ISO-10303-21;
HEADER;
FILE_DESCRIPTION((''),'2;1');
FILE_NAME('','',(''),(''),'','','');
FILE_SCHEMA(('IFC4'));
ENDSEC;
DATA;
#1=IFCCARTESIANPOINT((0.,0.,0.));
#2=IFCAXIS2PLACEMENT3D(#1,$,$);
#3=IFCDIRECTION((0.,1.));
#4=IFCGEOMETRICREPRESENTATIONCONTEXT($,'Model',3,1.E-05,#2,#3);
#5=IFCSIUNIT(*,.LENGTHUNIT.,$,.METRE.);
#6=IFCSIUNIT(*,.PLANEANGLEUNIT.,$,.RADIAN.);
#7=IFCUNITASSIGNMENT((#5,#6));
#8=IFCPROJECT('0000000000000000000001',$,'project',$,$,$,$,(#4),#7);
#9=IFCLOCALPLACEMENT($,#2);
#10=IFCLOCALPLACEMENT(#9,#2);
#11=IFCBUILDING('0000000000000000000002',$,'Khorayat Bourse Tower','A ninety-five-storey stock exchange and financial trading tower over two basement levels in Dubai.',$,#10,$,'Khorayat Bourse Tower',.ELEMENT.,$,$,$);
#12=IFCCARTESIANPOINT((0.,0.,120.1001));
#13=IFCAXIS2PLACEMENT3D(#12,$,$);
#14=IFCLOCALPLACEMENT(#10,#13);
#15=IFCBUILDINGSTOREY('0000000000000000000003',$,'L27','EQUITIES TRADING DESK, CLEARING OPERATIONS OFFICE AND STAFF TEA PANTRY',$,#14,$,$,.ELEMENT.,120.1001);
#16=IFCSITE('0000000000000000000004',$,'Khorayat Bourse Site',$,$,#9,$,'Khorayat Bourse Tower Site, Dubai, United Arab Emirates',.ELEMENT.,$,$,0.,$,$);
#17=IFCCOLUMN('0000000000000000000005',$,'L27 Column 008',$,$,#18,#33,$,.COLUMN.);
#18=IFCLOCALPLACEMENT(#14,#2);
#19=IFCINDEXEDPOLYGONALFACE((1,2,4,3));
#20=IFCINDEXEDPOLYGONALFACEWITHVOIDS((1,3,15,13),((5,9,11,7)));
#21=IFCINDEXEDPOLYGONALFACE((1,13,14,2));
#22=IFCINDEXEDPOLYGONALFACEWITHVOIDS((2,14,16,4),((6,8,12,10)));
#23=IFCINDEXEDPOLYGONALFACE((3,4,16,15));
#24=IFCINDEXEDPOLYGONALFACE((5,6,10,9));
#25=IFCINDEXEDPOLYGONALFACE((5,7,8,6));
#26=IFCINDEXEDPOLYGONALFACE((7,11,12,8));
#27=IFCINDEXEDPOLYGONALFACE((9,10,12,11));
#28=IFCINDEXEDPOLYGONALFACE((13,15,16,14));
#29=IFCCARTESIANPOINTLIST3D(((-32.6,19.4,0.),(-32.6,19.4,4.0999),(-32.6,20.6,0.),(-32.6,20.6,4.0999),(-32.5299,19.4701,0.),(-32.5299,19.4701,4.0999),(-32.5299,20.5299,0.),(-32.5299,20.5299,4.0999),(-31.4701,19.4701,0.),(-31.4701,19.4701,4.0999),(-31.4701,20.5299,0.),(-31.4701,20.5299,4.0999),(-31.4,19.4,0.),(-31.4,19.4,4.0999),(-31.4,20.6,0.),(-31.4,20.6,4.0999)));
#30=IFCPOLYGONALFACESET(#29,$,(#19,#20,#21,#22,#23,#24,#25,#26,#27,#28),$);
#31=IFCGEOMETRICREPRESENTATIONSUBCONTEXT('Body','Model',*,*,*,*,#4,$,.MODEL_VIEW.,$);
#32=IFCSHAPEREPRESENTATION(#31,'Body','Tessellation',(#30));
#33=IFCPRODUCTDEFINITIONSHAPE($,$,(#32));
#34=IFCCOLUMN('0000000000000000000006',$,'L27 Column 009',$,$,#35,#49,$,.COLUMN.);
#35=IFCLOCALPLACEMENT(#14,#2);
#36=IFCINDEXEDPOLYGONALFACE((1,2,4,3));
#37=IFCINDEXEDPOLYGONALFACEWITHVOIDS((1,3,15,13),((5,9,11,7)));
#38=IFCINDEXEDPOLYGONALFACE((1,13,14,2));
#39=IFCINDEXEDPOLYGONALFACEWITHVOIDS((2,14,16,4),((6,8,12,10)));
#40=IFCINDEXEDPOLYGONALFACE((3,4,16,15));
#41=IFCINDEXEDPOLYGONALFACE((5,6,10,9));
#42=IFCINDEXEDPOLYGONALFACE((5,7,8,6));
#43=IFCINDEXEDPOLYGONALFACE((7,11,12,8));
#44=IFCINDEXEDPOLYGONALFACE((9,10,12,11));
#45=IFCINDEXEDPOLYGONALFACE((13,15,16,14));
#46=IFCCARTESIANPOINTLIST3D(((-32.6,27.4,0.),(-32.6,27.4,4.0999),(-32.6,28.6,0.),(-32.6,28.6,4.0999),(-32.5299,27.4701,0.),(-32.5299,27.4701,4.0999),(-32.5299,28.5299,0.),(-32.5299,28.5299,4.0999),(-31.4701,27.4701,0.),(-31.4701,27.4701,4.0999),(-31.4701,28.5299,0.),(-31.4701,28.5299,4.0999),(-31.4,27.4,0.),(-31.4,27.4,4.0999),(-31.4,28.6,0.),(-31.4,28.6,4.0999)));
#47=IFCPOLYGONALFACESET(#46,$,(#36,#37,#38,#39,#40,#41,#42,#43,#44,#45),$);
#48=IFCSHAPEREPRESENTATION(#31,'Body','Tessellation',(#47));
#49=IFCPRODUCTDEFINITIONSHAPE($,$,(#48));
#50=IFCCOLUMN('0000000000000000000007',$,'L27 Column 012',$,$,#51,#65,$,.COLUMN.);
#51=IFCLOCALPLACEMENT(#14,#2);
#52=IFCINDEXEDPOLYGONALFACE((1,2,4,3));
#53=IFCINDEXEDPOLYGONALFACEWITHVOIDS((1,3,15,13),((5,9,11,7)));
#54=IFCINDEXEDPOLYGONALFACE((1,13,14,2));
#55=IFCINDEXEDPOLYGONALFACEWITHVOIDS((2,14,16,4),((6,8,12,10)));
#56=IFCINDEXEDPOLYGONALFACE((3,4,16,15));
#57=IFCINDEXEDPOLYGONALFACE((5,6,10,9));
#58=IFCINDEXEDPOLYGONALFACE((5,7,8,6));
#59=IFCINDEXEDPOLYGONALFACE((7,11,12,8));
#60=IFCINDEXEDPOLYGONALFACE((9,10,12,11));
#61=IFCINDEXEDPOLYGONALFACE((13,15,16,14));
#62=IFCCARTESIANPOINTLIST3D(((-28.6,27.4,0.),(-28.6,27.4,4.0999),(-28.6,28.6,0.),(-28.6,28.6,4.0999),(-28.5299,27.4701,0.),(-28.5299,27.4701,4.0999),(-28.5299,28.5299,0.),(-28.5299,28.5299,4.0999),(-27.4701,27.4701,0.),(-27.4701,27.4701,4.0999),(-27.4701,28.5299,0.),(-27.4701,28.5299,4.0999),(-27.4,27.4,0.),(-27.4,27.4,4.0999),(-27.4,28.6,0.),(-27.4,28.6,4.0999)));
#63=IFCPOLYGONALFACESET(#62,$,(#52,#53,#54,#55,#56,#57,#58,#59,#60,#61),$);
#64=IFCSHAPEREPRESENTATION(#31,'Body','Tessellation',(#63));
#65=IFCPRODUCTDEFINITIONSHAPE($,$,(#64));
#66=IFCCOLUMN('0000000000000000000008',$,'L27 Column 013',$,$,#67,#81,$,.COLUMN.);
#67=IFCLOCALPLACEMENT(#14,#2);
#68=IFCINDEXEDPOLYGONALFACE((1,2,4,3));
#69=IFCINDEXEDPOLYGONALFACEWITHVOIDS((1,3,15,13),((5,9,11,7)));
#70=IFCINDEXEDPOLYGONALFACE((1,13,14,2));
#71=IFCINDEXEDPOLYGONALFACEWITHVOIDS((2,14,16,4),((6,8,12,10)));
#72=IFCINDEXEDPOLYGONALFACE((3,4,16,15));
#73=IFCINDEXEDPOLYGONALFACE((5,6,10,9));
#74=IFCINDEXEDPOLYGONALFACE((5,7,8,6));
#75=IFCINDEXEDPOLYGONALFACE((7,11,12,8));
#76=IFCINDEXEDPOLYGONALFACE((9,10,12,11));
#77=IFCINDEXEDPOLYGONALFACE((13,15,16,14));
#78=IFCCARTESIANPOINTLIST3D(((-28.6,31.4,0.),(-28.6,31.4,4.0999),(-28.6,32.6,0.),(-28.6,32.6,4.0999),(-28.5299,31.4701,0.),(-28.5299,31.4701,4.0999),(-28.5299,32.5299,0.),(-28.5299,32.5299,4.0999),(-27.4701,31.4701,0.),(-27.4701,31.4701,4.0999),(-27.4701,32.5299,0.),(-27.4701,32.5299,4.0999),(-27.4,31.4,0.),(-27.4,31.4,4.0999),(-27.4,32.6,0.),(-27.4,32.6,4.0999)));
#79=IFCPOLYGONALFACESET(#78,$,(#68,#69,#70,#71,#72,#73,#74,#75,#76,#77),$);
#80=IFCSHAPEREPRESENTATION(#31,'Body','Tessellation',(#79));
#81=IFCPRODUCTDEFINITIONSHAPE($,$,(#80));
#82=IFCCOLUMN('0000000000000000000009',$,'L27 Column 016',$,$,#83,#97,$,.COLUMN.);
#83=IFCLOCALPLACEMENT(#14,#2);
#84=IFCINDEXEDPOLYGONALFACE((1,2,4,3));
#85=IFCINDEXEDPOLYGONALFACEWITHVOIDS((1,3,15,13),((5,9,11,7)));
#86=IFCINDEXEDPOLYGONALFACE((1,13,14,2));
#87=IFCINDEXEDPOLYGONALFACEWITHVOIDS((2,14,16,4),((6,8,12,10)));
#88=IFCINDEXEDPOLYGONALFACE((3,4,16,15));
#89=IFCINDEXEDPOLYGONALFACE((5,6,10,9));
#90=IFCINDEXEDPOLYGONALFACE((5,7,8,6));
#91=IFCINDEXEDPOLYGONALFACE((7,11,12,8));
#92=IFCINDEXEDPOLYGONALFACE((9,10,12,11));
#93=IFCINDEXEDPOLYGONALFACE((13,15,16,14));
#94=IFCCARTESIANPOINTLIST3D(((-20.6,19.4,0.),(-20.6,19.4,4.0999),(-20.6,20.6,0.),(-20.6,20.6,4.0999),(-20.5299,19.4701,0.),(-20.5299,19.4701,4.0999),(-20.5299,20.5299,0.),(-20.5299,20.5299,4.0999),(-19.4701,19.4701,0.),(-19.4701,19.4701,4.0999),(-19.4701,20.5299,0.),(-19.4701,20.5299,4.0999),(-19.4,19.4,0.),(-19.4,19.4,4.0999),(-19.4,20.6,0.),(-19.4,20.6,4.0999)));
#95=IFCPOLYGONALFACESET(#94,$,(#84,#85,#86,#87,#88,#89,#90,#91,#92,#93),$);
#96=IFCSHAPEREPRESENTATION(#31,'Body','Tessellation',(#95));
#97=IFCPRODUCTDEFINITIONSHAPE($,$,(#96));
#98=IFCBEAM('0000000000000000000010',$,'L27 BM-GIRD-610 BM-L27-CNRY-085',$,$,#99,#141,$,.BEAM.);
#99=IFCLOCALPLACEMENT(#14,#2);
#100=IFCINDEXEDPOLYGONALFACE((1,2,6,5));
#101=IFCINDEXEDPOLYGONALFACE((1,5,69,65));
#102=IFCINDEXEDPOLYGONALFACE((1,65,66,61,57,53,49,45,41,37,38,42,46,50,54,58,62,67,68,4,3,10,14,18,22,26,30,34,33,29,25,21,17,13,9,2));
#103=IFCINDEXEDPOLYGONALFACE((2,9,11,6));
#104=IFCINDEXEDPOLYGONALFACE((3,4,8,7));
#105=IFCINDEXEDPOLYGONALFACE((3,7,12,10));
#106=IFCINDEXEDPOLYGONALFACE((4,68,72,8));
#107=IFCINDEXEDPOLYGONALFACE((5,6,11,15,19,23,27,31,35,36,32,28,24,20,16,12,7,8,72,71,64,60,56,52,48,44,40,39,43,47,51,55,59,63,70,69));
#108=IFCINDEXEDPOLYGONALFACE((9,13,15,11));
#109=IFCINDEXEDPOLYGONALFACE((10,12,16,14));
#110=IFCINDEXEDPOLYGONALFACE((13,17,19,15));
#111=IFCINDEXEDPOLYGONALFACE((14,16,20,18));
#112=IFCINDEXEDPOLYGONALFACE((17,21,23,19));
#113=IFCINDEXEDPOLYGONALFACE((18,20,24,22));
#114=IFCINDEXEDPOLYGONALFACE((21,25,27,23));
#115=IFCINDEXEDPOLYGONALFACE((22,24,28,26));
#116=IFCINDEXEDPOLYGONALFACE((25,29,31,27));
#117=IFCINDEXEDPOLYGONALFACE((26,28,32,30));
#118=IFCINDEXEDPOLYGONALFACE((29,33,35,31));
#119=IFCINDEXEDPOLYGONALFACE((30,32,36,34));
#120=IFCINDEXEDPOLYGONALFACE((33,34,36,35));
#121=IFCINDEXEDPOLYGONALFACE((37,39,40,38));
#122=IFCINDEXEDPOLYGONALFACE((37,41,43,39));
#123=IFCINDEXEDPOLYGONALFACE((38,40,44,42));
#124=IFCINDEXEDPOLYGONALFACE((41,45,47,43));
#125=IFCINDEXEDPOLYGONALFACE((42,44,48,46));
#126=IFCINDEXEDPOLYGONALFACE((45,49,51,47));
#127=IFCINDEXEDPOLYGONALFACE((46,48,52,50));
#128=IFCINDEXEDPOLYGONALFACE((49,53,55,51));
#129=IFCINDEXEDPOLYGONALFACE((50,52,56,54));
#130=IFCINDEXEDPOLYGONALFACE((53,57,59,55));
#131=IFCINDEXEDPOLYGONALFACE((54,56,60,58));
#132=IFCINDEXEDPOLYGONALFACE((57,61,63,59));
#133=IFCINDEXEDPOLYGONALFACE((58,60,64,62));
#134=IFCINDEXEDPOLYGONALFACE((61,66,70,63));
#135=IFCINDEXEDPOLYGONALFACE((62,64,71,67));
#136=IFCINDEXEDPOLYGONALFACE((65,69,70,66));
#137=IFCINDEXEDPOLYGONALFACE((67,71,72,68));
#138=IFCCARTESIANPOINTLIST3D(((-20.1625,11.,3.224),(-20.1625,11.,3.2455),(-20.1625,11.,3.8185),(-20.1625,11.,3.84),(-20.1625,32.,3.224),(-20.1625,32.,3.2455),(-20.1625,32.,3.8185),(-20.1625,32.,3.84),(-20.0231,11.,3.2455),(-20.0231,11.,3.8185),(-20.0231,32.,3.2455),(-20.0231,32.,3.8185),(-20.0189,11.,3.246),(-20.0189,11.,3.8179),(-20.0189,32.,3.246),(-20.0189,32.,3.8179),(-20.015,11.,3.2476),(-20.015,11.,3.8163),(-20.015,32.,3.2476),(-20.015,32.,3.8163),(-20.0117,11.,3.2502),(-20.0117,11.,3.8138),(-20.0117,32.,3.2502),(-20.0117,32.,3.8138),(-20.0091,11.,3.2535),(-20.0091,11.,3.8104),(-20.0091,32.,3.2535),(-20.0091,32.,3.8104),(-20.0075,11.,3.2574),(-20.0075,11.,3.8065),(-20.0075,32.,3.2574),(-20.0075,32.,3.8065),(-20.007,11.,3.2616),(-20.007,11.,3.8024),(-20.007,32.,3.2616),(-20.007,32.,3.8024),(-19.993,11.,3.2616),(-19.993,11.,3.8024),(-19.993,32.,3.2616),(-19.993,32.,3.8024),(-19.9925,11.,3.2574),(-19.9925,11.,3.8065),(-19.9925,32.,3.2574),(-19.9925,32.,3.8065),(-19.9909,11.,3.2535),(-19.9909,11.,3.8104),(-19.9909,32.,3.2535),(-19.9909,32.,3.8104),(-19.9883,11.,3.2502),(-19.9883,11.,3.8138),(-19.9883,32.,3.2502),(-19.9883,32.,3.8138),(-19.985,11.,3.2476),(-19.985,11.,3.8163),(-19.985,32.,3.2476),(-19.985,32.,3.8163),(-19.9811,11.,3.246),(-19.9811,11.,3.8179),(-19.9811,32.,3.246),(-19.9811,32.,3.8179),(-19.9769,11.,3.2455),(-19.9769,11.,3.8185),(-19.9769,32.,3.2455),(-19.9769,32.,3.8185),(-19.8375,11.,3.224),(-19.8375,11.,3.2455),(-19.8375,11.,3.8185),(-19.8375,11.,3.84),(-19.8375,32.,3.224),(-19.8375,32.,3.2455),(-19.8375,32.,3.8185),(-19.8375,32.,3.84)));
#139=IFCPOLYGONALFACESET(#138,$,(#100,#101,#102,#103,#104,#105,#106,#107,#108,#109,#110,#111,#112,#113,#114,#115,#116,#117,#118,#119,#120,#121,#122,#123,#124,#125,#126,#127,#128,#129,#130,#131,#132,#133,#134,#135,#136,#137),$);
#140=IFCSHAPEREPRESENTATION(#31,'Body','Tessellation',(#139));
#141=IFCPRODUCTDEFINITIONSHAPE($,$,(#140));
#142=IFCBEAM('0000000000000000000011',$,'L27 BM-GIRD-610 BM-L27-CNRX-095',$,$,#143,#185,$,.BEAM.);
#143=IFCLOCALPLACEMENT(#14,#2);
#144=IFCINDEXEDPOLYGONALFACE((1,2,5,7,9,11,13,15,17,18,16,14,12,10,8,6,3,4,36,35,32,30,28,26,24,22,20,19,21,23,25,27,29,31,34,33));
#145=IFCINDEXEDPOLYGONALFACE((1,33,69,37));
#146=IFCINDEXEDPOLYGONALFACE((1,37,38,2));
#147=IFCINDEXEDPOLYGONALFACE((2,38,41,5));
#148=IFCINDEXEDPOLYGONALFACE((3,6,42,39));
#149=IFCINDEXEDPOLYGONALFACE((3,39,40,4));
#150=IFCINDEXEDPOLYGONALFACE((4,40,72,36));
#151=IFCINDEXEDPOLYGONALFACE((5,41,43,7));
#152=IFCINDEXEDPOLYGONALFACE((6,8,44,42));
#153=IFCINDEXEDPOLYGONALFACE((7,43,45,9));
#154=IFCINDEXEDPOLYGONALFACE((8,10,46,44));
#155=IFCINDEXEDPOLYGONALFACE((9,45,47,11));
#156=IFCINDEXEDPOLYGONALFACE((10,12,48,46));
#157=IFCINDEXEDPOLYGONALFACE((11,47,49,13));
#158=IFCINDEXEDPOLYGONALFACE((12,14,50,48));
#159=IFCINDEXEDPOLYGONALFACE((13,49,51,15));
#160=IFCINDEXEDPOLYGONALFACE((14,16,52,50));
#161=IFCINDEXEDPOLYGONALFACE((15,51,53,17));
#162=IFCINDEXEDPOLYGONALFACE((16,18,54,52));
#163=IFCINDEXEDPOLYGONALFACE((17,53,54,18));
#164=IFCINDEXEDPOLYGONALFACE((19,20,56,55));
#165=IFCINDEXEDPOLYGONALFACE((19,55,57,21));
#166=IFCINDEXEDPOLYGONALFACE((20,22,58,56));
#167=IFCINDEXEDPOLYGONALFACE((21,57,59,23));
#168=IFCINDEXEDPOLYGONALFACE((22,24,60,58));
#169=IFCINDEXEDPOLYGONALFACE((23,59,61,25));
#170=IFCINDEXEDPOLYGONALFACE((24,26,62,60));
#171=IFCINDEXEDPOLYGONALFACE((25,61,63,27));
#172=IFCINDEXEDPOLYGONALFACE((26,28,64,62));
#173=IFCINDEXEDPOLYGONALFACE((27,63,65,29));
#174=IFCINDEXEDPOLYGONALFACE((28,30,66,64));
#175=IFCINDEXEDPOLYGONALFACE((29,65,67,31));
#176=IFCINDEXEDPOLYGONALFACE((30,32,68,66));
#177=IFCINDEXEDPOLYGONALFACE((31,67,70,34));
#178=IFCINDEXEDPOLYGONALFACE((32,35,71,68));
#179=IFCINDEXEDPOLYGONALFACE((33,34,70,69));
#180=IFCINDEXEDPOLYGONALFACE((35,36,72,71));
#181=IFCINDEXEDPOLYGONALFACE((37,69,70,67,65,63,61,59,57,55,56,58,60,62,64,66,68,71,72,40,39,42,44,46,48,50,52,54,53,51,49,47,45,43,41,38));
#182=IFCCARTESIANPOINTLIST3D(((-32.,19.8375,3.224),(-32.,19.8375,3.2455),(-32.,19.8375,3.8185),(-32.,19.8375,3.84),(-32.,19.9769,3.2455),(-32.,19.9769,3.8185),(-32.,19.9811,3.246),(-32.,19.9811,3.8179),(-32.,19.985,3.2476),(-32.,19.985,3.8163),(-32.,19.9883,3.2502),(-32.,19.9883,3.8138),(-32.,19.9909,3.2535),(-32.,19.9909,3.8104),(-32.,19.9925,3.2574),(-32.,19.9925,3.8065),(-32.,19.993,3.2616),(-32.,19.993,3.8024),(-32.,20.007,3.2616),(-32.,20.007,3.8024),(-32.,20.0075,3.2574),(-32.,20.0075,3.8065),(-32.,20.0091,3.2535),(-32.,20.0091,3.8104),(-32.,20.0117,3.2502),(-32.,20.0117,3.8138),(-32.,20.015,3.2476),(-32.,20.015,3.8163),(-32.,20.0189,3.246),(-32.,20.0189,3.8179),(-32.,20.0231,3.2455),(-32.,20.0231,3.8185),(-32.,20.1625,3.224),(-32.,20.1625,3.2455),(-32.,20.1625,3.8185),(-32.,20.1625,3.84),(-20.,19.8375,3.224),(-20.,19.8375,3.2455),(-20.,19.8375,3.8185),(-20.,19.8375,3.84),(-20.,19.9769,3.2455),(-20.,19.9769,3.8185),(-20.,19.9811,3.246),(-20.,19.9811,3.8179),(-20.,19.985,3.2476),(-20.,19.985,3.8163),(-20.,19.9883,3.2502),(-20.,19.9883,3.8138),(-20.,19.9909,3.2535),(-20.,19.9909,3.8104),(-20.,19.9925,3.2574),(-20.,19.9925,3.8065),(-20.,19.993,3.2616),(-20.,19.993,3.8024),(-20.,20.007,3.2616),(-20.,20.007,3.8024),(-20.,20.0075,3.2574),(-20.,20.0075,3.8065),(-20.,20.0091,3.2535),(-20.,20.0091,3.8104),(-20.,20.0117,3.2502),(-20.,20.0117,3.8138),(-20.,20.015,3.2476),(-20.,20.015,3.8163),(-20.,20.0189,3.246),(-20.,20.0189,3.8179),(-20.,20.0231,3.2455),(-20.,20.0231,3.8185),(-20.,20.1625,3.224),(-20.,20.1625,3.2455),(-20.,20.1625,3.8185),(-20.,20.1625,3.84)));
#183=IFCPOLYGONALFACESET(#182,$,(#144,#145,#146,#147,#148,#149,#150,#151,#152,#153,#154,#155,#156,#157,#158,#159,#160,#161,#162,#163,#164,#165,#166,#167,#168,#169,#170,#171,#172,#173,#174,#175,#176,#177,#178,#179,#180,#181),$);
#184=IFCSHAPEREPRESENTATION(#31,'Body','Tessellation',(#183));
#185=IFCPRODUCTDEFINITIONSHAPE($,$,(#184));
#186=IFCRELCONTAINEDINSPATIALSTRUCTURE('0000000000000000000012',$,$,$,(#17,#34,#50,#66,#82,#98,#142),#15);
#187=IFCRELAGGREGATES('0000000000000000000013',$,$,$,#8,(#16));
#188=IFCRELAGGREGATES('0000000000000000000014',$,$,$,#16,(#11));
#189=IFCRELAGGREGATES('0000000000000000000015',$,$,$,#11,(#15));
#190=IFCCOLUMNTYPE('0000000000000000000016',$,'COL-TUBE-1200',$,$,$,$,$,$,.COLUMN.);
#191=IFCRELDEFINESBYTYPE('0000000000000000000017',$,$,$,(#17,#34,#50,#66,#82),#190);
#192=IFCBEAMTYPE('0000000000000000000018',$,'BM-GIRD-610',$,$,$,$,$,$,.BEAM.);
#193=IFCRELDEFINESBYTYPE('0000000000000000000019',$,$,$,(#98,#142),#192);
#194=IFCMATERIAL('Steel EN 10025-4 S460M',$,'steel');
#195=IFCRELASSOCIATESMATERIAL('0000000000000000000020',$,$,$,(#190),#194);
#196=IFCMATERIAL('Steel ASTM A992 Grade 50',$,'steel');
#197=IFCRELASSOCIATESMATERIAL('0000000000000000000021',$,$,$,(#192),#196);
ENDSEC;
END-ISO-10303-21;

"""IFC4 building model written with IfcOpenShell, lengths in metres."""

from ifc_helpers import new_model, si_unit, direction, frame, origin, origin_2d, place, context, subcontext, project, spatial, hollow_rectangle, i_section, extrude, source, transform, mapped, material, material_profile, profile_set, type_object, element, save


model = new_model("IFC4")

# Units and contexts
model_context = context("Model", 3, precision=1e-05, world=origin(), true_north=direction((0.0, 1.0)))
body_context = subcontext(model_context, "Body", "Model", "MODEL_VIEW")
ifc_project = project(units=[si_unit("LENGTHUNIT", "METRE"), si_unit("PLANEANGLEUNIT", "RADIAN")], contexts=[model_context])

# Site, building, storey
site_placement = place(None, origin())
site = spatial("IfcSite", under=ifc_project, at=site_placement, Name="Khorayat Bourse Site", LongName="Khorayat Bourse Tower Site, Dubai, United Arab Emirates", CompositionType="ELEMENT", RefElevation=0.0)
building_placement = place(site_placement, origin())
building = spatial("IfcBuilding", under=site, at=building_placement, Name="Khorayat Bourse Tower", Description="A ninety-five-storey stock exchange and financial trading tower over two basement levels in Dubai.", LongName="Khorayat Bourse Tower", CompositionType="ELEMENT")
storey_placement = place(building_placement, frame((0.0, 0.0, 120.1001)))
storey = spatial("IfcBuildingStorey", under=building, at=storey_placement, Name="L27", Description="EQUITIES TRADING DESK, CLEARING OPERATIONS OFFICE AND STAFF TEA PANTRY", CompositionType="ELEMENT", Elevation=120.1001)

# Columns
ifc_material_1 = material(Name="Steel EN 10025-4 S460M", Category="steel")
ifc_material_profile_1 = material_profile(ifc_material_1, hollow_rectangle(XDim=1.2, YDim=1.2, WallThickness=0.0701, at=origin_2d()), Name="BOX 1200x1200x70")
ifc_profile_set_1 = profile_set([ifc_material_profile_1], Name="Steel EN 10025-4 S460M")
column_type = type_object("IfcColumnType", Name="COL-TUBE-1200", PredefinedType="COLUMN", material=ifc_profile_set_1)
shared_shape_1 = source(origin(), body_context, "Body", "SweptSolid", [
    extrude(hollow_rectangle(XDim=1.2, YDim=1.2, WallThickness=0.0701, at=origin_2d()), origin(), (0.0, 0.0, 1.0), 4.0999),
])
for number, where, z_axis, x_axis, name in (
    (1, (-32.0, 20.0, 0.0), (0.0, 0.0, 1.0), (1.0, 0.0, 0.0), "L27 Column 008"),
    (2, (-32.0, 28.0, 0.0), (0.0, 0.0, 1.0), (1.0, 0.0, 0.0), "L27 Column 009"),
    (3, (-28.0, 28.0, 0.0), (0.0, 0.0, 1.0), (1.0, 0.0, 0.0), "L27 Column 012"),
    (4, (-28.0, 32.0, 0.0), (0.0, 0.0, 1.0), (1.0, 0.0, 0.0), "L27 Column 013"),
    (5, (-20.0, 20.0, 0.0), (0.0, 0.0, 1.0), (1.0, 0.0, 0.0), "L27 Column 016"),
):
    element("IfcColumn", number, at=place(storey_placement, frame(where, z_axis=z_axis, x_axis=x_axis)), inside=storey, type_object=column_type, Name=name, PredefinedType="COLUMN", context=body_context, shape_type="MappedRepresentation", body=[
        mapped(shared_shape_1, transform((0.0, 0.0, 0.0), scale=1.0)),
    ])

# Beams
ifc_material_2 = material(Name="Steel ASTM A992 Grade 50", Category="steel")
ifc_material_profile_2 = material_profile(ifc_material_2, i_section(OverallWidth=0.325, OverallDepth=0.616, WebThickness=0.0139, FlangeThickness=0.0215, FilletRadius=0.0161, at=origin_2d()), Name="W610X174")
ifc_profile_set_2 = profile_set([ifc_material_profile_2], Name="Steel ASTM A992 Grade 50")
beam_type_1 = type_object("IfcBeamType", Name="BM-GIRD-610", PredefinedType="BEAM", material=ifc_profile_set_2)
shared_shape_2 = source(origin(), body_context, "Body", "SweptSolid", [
    extrude(i_section(OverallWidth=0.325, OverallDepth=0.616, WebThickness=0.0139, FlangeThickness=0.0215, FilletRadius=0.0161, at=origin_2d()), origin(), (0.0, 0.0, 1.0), 21.0),
])
beam_1_placement = place(storey_placement, frame((-20.0, 11.0, 3.532), z_axis=(0.0, 1.0, 0.0), x_axis=(-1.0, 0.0, 0.0)))
element("IfcBeam", 6, at=beam_1_placement, inside=storey, type_object=beam_type_1, Name="L27 BM-GIRD-610 BM-L27-CNRY-085", PredefinedType="BEAM", context=body_context, shape_type="MappedRepresentation", body=[
    mapped(shared_shape_2, transform((0.0, 0.0, 0.0), scale=1.0)),
])
shared_shape_3 = source(origin(), body_context, "Body", "SweptSolid", [
    extrude(i_section(OverallWidth=0.325, OverallDepth=0.616, WebThickness=0.0139, FlangeThickness=0.0215, FilletRadius=0.0161, at=origin_2d()), origin(), (0.0, 0.0, 1.0), 12.0),
])
beam_2_placement = place(storey_placement, frame((-32.0, 20.0, 3.532), z_axis=(1.0, 0.0, 0.0), x_axis=(0.0, 1.0, 0.0)))
element("IfcBeam", 7, at=beam_2_placement, inside=storey, type_object=beam_type_1, Name="L27 BM-GIRD-610 BM-L27-CNRX-095", PredefinedType="BEAM", context=body_context, shape_type="MappedRepresentation", body=[
    mapped(shared_shape_3, transform((0.0, 0.0, 0.0), scale=1.0)),
])

save(model, "model.ifc")
